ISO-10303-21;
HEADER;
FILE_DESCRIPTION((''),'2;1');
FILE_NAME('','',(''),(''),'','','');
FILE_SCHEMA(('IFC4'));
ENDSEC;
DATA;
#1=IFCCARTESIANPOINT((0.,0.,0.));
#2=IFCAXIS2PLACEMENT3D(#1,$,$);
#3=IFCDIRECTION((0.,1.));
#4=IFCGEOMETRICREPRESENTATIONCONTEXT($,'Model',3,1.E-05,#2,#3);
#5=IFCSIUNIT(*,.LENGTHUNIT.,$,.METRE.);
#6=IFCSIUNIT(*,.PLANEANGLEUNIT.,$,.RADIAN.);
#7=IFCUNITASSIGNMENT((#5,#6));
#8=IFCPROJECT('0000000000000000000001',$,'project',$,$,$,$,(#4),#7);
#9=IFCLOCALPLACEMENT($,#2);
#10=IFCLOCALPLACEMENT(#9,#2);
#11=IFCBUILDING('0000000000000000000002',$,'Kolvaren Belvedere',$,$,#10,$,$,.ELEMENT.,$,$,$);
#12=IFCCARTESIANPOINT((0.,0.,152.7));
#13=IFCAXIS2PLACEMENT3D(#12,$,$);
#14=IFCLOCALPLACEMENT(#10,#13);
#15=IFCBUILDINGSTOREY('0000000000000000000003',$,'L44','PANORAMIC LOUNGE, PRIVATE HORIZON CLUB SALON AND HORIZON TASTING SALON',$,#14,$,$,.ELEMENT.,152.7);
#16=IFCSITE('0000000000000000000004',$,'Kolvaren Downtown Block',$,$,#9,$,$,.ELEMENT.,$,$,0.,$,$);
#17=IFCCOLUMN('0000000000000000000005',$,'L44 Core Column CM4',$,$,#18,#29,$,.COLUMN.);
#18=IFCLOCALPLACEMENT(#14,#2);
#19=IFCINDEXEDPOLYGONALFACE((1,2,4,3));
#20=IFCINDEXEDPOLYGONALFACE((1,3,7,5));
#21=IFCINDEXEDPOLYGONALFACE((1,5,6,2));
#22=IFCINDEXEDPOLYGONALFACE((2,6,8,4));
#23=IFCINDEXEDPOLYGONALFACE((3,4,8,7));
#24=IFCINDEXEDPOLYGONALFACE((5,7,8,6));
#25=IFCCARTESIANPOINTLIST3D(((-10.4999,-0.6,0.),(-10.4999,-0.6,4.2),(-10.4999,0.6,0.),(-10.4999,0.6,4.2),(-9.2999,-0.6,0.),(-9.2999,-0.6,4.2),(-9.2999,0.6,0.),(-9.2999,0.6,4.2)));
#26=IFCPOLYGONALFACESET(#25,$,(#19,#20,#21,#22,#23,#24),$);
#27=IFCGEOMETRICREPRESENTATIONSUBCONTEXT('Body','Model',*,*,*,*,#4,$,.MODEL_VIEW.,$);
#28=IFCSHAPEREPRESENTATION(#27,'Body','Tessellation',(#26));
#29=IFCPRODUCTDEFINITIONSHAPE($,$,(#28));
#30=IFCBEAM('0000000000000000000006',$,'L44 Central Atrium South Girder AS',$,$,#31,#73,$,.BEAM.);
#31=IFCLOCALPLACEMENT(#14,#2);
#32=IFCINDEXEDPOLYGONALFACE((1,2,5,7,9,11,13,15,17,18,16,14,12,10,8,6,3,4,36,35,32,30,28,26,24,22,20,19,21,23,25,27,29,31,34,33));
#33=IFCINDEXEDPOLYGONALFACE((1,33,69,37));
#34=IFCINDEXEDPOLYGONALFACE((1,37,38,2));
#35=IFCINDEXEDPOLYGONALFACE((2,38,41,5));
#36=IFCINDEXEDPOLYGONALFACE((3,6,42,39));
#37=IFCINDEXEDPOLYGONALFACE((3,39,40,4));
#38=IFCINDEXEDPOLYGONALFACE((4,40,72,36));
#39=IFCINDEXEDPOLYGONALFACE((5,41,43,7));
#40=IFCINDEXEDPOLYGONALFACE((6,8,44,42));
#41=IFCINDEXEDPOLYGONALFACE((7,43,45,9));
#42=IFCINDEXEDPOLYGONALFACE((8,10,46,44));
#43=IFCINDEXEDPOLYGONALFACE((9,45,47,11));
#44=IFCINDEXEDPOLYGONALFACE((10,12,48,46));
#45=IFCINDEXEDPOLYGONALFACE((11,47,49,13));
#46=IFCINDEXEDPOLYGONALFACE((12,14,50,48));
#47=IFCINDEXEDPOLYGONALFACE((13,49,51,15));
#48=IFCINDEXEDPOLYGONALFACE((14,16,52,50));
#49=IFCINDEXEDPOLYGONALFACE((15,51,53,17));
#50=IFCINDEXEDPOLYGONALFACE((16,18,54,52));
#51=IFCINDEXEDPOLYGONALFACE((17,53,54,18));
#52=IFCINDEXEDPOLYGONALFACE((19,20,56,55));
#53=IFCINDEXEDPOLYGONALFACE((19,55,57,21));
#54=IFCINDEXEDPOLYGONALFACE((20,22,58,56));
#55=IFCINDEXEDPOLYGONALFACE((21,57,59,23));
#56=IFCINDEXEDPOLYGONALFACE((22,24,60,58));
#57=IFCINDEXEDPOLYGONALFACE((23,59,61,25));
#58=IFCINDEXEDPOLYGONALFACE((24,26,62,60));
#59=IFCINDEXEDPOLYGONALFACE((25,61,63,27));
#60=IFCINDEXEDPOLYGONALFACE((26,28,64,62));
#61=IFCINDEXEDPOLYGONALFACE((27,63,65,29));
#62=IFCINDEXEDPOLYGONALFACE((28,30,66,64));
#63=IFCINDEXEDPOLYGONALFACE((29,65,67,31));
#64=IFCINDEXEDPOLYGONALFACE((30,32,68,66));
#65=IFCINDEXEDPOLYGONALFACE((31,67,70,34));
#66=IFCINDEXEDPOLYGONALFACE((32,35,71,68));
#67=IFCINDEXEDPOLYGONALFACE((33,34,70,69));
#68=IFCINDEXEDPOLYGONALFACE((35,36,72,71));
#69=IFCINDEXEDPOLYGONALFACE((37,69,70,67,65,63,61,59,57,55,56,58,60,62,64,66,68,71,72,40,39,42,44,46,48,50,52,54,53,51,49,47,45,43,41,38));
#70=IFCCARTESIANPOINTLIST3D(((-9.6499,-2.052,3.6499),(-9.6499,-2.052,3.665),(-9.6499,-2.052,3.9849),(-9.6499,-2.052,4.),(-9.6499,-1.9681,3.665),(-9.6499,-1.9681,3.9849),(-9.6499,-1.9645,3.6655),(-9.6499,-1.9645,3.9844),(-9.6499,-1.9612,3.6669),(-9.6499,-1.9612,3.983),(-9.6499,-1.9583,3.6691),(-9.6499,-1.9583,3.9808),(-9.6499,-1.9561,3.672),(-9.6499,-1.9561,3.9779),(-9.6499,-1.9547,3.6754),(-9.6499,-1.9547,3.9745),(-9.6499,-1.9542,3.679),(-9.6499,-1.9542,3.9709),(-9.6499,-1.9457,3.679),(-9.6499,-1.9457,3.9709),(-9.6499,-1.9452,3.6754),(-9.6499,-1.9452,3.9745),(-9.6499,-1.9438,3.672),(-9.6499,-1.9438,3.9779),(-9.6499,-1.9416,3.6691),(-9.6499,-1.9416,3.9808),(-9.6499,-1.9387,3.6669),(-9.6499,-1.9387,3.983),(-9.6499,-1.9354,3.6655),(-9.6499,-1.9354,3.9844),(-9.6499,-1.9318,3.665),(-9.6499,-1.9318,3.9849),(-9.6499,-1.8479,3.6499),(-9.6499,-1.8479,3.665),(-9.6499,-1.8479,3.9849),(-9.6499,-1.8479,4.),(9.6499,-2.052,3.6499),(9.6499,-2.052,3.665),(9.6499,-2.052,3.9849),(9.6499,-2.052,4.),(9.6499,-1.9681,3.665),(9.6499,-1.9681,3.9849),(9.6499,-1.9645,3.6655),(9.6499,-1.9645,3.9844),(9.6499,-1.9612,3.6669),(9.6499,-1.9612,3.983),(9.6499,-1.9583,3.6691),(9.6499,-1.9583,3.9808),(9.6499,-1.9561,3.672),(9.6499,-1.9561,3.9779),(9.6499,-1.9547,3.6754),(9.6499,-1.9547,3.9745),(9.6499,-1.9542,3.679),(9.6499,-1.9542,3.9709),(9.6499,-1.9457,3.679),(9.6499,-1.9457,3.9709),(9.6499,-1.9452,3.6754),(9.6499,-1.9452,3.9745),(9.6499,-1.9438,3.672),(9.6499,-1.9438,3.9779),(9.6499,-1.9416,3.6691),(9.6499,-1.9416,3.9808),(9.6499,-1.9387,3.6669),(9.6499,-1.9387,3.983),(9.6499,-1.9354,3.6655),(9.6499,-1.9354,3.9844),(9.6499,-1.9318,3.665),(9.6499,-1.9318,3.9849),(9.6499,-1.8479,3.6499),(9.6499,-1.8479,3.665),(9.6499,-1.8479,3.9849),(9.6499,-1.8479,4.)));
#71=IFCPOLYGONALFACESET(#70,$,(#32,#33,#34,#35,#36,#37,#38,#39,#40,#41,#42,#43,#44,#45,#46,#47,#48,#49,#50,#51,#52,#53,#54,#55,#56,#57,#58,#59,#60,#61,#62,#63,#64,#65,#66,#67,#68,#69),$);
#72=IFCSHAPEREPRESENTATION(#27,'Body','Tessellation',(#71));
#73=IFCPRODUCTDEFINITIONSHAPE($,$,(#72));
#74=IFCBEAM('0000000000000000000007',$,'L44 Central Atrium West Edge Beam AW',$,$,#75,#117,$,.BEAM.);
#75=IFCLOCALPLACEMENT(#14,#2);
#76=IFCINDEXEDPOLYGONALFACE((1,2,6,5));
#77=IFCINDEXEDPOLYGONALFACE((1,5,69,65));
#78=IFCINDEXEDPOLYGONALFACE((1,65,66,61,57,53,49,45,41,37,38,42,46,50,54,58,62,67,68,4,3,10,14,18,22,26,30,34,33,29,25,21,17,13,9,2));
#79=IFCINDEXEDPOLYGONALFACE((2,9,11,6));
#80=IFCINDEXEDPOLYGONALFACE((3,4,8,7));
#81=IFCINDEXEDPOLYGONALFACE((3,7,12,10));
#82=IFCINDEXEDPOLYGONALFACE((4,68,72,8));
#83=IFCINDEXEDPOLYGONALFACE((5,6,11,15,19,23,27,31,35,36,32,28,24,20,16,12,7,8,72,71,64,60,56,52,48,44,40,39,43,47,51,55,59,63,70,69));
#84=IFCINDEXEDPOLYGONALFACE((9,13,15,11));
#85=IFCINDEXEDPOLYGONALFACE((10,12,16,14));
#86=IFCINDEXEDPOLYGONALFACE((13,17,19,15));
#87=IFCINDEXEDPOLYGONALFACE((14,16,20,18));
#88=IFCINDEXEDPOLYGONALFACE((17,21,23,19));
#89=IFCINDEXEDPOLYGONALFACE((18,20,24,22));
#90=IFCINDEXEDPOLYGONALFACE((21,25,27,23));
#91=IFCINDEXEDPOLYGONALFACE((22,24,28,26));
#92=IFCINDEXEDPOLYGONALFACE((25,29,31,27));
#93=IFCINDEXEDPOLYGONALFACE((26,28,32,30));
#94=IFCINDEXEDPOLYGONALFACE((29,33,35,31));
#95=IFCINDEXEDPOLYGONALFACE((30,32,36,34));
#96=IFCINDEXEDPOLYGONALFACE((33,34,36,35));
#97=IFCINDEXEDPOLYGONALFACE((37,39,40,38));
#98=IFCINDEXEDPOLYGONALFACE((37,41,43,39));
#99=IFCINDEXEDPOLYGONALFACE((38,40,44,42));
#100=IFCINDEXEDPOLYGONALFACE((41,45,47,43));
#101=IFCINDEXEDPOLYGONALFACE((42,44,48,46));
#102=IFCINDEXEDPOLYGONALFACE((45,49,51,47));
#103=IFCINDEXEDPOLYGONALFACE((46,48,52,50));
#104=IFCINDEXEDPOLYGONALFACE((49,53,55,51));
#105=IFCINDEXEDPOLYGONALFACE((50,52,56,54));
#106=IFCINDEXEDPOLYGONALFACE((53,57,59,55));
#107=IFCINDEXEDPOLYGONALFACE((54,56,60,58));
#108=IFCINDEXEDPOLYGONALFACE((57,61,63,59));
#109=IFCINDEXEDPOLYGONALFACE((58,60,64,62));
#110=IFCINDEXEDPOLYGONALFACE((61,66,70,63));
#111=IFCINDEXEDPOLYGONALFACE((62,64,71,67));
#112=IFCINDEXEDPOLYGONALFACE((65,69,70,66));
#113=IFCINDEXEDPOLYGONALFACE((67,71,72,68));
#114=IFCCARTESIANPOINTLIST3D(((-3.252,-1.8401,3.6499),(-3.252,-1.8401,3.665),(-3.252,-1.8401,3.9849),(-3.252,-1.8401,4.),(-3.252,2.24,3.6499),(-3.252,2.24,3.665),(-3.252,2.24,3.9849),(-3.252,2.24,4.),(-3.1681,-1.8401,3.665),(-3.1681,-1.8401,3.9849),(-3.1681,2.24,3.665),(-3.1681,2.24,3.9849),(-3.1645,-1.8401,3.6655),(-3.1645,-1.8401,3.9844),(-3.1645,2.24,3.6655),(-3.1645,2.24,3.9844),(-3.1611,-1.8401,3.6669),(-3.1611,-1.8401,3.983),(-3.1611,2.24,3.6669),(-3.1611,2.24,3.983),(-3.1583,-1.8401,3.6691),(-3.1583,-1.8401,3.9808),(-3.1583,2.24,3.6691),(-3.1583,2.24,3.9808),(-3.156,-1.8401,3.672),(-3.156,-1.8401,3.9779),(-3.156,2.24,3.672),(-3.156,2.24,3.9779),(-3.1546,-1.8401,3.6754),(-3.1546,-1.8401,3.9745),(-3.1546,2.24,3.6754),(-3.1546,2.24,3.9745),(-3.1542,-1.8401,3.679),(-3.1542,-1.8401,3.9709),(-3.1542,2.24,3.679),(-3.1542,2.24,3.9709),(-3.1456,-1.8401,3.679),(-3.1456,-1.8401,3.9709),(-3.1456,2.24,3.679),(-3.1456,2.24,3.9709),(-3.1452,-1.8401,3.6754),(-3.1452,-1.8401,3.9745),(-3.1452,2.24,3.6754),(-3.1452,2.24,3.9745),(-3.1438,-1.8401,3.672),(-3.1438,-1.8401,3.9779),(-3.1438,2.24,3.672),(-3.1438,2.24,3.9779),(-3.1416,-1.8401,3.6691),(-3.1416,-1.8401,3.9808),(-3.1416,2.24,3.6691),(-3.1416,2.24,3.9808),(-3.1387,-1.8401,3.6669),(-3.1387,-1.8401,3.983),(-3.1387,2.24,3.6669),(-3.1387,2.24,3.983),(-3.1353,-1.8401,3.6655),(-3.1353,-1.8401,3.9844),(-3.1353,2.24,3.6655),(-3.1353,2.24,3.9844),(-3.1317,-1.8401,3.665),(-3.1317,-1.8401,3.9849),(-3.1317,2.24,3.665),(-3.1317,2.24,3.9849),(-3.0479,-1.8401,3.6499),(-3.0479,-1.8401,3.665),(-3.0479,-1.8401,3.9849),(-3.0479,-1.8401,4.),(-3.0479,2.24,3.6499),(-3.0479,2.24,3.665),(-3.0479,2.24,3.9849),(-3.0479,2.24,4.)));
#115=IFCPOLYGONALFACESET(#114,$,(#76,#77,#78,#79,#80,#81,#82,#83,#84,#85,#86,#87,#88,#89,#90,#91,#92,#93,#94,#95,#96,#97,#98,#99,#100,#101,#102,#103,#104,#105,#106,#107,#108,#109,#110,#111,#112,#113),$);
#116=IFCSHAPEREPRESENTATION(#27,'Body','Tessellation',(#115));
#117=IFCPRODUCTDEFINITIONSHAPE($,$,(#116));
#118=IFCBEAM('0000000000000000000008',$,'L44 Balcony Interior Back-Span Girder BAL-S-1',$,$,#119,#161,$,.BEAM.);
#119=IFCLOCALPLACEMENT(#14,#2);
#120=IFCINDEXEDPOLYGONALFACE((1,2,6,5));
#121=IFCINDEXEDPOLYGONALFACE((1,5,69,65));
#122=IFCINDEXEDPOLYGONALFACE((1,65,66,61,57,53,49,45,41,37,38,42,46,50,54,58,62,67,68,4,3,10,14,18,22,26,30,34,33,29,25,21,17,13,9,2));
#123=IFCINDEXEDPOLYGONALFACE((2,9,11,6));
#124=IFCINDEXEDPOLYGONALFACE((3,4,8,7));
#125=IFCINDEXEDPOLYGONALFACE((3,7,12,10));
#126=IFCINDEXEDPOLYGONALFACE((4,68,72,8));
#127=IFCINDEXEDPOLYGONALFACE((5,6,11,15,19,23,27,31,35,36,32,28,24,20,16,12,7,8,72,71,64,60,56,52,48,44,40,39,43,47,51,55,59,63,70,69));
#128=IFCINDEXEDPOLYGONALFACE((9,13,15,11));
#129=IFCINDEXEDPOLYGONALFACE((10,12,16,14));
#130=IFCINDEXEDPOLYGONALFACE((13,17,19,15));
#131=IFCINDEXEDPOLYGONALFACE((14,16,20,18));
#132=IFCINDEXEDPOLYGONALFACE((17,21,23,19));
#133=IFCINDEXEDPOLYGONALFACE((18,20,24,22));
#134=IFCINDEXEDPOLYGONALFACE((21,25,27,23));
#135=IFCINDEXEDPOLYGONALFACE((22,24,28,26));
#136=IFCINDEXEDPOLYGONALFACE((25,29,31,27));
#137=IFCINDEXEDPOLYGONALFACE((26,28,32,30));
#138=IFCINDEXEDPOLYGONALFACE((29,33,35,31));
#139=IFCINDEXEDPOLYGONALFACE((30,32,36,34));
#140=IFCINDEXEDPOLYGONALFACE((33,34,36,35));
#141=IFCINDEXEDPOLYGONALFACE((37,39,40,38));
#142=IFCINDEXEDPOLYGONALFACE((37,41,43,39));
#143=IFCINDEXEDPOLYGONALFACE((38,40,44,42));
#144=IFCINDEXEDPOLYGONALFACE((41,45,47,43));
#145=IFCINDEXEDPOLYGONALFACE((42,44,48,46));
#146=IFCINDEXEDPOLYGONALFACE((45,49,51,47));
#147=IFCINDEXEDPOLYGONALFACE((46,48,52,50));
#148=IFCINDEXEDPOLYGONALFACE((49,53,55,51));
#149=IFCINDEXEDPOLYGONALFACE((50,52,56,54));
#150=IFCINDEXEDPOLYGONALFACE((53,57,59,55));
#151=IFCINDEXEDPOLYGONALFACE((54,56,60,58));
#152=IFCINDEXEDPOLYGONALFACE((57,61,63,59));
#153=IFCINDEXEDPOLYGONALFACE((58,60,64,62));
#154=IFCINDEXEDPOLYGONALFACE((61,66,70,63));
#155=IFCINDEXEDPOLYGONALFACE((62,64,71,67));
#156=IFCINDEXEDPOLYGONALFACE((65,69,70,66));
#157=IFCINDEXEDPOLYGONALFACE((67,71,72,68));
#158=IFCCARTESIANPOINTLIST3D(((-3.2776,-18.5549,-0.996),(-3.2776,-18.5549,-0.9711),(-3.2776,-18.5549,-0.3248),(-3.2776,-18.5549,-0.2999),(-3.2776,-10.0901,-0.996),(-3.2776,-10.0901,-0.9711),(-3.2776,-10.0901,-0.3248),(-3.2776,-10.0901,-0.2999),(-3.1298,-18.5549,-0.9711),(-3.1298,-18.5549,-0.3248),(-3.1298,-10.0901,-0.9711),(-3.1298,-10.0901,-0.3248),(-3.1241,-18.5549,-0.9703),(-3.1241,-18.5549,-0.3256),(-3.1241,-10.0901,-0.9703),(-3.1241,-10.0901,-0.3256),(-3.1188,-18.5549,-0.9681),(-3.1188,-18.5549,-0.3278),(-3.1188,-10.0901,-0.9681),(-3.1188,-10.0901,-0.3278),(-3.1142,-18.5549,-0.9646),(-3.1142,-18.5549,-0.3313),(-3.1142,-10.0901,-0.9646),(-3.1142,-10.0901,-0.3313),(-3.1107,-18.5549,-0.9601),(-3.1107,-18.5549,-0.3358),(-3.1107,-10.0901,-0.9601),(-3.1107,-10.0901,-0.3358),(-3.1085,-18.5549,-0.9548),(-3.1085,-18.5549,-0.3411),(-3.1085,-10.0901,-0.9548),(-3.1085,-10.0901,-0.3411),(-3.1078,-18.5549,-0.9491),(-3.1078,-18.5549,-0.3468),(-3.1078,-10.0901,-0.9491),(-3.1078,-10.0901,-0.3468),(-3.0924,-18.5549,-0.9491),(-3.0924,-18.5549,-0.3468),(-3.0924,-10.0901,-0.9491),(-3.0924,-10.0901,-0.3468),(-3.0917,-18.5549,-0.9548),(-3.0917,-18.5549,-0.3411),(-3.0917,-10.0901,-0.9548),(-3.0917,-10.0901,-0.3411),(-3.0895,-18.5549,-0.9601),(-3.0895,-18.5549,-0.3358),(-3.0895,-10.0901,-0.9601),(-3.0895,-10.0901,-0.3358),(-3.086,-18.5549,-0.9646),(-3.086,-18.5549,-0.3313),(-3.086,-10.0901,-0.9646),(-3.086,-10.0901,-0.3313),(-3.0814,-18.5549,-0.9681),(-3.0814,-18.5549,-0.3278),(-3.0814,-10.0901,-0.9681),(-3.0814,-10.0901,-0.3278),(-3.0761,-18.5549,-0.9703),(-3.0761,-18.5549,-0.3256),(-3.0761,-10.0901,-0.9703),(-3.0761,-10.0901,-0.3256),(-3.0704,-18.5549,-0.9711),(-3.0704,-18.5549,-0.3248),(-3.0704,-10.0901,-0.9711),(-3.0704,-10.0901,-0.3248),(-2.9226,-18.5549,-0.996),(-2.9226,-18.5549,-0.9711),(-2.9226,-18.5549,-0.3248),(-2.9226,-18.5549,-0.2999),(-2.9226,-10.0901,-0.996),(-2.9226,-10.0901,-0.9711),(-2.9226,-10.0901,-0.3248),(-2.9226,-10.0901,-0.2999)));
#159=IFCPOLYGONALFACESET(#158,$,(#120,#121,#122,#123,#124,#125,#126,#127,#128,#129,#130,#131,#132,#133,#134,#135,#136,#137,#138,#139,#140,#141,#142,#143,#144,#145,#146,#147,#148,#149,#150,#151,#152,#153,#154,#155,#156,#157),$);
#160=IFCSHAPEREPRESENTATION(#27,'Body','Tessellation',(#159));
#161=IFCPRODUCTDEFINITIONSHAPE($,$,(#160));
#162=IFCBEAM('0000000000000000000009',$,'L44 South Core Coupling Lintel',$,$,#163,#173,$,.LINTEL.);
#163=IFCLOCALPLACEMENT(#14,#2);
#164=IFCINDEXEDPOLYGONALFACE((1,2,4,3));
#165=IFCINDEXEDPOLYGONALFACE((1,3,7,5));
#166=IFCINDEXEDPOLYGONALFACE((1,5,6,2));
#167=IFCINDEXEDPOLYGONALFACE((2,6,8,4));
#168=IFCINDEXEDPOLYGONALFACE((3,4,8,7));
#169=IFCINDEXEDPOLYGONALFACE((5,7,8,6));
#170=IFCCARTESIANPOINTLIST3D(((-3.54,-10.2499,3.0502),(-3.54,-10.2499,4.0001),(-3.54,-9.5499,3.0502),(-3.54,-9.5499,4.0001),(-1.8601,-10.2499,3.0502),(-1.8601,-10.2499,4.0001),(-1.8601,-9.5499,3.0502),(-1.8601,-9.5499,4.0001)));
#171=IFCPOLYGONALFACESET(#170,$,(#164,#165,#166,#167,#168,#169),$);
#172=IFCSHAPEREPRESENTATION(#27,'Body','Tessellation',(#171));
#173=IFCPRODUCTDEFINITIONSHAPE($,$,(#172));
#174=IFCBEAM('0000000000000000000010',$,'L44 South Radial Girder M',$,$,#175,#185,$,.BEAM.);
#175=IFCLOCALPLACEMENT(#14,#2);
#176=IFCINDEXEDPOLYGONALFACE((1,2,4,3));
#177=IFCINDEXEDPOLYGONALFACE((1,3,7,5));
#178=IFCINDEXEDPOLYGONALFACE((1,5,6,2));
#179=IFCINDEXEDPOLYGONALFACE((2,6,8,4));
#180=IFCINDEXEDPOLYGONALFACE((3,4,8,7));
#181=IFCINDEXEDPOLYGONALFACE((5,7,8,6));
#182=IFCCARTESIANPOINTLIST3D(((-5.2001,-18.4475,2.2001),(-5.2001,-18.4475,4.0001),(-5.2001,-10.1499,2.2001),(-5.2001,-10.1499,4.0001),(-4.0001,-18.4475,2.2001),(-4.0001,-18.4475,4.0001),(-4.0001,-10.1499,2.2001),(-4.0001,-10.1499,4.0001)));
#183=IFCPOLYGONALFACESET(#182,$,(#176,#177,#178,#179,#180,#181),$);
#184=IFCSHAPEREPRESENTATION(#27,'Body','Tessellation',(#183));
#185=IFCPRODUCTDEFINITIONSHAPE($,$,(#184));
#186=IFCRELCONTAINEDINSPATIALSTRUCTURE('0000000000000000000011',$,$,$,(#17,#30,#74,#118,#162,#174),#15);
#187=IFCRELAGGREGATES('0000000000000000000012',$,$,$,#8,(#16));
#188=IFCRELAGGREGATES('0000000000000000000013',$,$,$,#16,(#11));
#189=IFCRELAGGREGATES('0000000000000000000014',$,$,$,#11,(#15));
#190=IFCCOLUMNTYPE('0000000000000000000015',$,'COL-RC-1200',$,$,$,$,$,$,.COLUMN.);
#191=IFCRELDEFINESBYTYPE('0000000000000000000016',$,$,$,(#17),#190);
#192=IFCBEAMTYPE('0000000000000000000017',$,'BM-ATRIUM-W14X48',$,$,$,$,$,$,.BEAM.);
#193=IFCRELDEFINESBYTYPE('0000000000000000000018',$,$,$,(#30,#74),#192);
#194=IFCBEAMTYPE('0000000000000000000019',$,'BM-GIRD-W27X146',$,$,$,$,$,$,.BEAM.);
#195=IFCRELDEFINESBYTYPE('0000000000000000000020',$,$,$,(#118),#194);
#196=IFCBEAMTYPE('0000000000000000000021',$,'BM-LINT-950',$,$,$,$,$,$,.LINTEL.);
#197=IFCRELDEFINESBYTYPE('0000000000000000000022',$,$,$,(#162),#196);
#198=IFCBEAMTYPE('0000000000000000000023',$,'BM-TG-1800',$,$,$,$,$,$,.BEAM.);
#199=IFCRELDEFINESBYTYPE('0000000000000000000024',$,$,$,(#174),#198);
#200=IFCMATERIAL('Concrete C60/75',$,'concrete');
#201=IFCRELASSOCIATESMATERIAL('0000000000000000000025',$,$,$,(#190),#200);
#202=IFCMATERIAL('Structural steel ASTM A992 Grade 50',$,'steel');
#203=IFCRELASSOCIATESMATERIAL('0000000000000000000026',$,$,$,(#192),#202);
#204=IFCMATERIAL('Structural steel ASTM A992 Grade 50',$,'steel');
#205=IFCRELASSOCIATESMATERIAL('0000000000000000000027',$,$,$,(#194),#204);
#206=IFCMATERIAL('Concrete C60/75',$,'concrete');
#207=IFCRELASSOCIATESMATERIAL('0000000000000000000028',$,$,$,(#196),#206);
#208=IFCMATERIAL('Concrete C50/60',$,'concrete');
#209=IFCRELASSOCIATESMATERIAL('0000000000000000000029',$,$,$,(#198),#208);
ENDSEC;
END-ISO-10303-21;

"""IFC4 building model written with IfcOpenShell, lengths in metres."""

from ifc_helpers import new_model, si_unit, direction, frame, origin, origin_2d, place, context, subcontext, project, spatial, rectangle, i_section, extrude, material, material_profile, profile_set, type_object, element, save


model = new_model("IFC4")

# Units and contexts
model_context = context("Model", 3, precision=1e-05, world=origin(), true_north=direction((0.0, 1.0)))
body_context = subcontext(model_context, "Body", "Model", "MODEL_VIEW")
ifc_project = project(units=[si_unit("LENGTHUNIT", "METRE"), si_unit("PLANEANGLEUNIT", "RADIAN")], contexts=[model_context])

# Site, building, storey
site_placement = place(None, origin())
site = spatial("IfcSite", under=ifc_project, at=site_placement, Name="Kolvaren Downtown Block", CompositionType="ELEMENT", RefElevation=0.0)
building_placement = place(site_placement, origin())
building = spatial("IfcBuilding", under=site, at=building_placement, Name="Kolvaren Belvedere", CompositionType="ELEMENT")
storey_placement = place(building_placement, frame((0.0, 0.0, 152.7)))
storey = spatial("IfcBuildingStorey", under=building, at=storey_placement, Name="L44", Description="PANORAMIC LOUNGE, PRIVATE HORIZON CLUB SALON AND HORIZON TASTING SALON", CompositionType="ELEMENT", Elevation=152.7)

# Column
ifc_material_1 = material(Name="Concrete C60/75", Category="concrete")
ifc_material_profile_1 = material_profile(ifc_material_1, rectangle(XDim=1.2, YDim=1.2, at=origin_2d()), Name="RC 1200X1200")
ifc_profile_set_1 = profile_set([ifc_material_profile_1], Name="Concrete C60/75")
column_type = type_object("IfcColumnType", Name="COL-RC-1200", PredefinedType="COLUMN", material=ifc_profile_set_1)
column_placement = place(storey_placement, frame((-9.8999, 0.0, 0.0), z_axis=(0.0, 0.0, 1.0), x_axis=(1.0, 0.0, 0.0)))
element("IfcColumn", 1, at=column_placement, inside=storey, type_object=column_type, Name="L44 Core Column CM4", PredefinedType="COLUMN", context=body_context, shape_type="SweptSolid", body=[
    extrude(rectangle(XDim=1.2, YDim=1.2, at=origin_2d()), origin(), (0.0, 0.0, 1.0), 4.2),
])

# Beams
ifc_material_2 = material(Name="Structural steel ASTM A992 Grade 50", Category="steel")
ifc_material_profile_2 = material_profile(ifc_material_2, i_section(OverallWidth=0.2041, OverallDepth=0.3501, WebThickness=0.0085, FlangeThickness=0.0151, FilletRadius=0.0139, at=origin_2d()), Name="W14X48")
ifc_profile_set_2 = profile_set([ifc_material_profile_2], Name="Structural steel ASTM A992 Grade 50")
beam_type_1 = type_object("IfcBeamType", Name="BM-ATRIUM-W14X48", PredefinedType="BEAM", material=ifc_profile_set_2)
beam_1_placement = place(storey_placement, frame((-9.6499, -1.95, 3.825), z_axis=(1.0, 0.0, 0.0), x_axis=(0.0, 1.0, 0.0)))
element("IfcBeam", 2, at=beam_1_placement, inside=storey, type_object=beam_type_1, Name="L44 Central Atrium South Girder AS", PredefinedType="BEAM", context=body_context, shape_type="SweptSolid", body=[
    extrude(i_section(OverallWidth=0.2041, OverallDepth=0.3501, WebThickness=0.0085, FlangeThickness=0.0151, FilletRadius=0.0139, at=origin_2d()), origin(), (0.0, 0.0, 1.0), 19.2998),
])
beam_2_placement = place(storey_placement, frame((-3.1499, -1.8401, 3.825), z_axis=(0.0, 1.0, 0.0), x_axis=(-1.0, 0.0, 0.0)))
element("IfcBeam", 3, at=beam_2_placement, inside=storey, type_object=beam_type_1, Name="L44 Central Atrium West Edge Beam AW", PredefinedType="BEAM", context=body_context, shape_type="SweptSolid", body=[
    extrude(i_section(OverallWidth=0.2041, OverallDepth=0.3501, WebThickness=0.0085, FlangeThickness=0.0151, FilletRadius=0.0139, at=origin_2d()), origin(), (0.0, 0.0, 1.0), 4.0801),
])
ifc_material_3 = material(Name="Structural steel ASTM A992 Grade 50", Category="steel")
ifc_material_profile_3 = material_profile(ifc_material_3, i_section(OverallWidth=0.355, OverallDepth=0.696, WebThickness=0.0154, FlangeThickness=0.0249, FilletRadius=0.022, at=origin_2d()), Name="W27X146")
ifc_profile_set_3 = profile_set([ifc_material_profile_3], Name="Structural steel ASTM A992 Grade 50")
beam_type_2 = type_object("IfcBeamType", Name="BM-GIRD-W27X146", PredefinedType="BEAM", material=ifc_profile_set_3)
beam_3_placement = place(storey_placement, frame((-3.1001, -10.0901, -0.6479), z_axis=(0.0, -1.0, 0.0), x_axis=(1.0, 0.0, 0.0)))
element("IfcBeam", 4, at=beam_3_placement, inside=storey, type_object=beam_type_2, Name="L44 Balcony Interior Back-Span Girder BAL-S-1", PredefinedType="BEAM", context=body_context, shape_type="SweptSolid", body=[
    extrude(i_section(OverallWidth=0.355, OverallDepth=0.696, WebThickness=0.0154, FlangeThickness=0.0249, FilletRadius=0.022, at=origin_2d()), origin(), (0.0, 0.0, 1.0), 8.4648),
])
ifc_material_4 = material(Name="Concrete C60/75", Category="concrete")
ifc_material_profile_4 = material_profile(ifc_material_4, rectangle(XDim=0.7, YDim=0.95, at=origin_2d()), Name="RC 700X950")
ifc_profile_set_4 = profile_set([ifc_material_profile_4], Name="Concrete C60/75")
beam_type_3 = type_object("IfcBeamType", Name="BM-LINT-950", PredefinedType="LINTEL", material=ifc_profile_set_4)
beam_4_placement = place(storey_placement, frame((-3.54, -9.8999, 3.5251), z_axis=(1.0, 0.0, 0.0), x_axis=(0.0, 1.0, 0.0)))
element("IfcBeam", 5, at=beam_4_placement, inside=storey, type_object=beam_type_3, Name="L44 South Core Coupling Lintel", PredefinedType="LINTEL", context=body_context, shape_type="SweptSolid", body=[
    extrude(rectangle(XDim=0.7, YDim=0.95, at=origin_2d()), origin(), (0.0, 0.0, 1.0), 1.6799),
])
ifc_material_5 = material(Name="Concrete C50/60", Category="concrete")
ifc_material_profile_5 = material_profile(ifc_material_5, rectangle(XDim=1.2, YDim=1.8, at=origin_2d()), Name="RC 1200X1800")
ifc_profile_set_5 = profile_set([ifc_material_profile_5], Name="Concrete C50/60")
beam_type_4 = type_object("IfcBeamType", Name="BM-TG-1800", PredefinedType="BEAM", material=ifc_profile_set_5)
beam_5_placement = place(storey_placement, frame((-4.6001, -10.1499, 3.1001), z_axis=(0.0, -1.0, 0.0), x_axis=(1.0, 0.0, 0.0)))
element("IfcBeam", 6, at=beam_5_placement, inside=storey, type_object=beam_type_4, Name="L44 South Radial Girder M", PredefinedType="BEAM", context=body_context, shape_type="SweptSolid", body=[
    extrude(rectangle(XDim=1.2, YDim=1.8, at=origin_2d()), origin(), (0.0, 0.0, 1.0), 8.2976),
])

save(model, "model.ifc")
